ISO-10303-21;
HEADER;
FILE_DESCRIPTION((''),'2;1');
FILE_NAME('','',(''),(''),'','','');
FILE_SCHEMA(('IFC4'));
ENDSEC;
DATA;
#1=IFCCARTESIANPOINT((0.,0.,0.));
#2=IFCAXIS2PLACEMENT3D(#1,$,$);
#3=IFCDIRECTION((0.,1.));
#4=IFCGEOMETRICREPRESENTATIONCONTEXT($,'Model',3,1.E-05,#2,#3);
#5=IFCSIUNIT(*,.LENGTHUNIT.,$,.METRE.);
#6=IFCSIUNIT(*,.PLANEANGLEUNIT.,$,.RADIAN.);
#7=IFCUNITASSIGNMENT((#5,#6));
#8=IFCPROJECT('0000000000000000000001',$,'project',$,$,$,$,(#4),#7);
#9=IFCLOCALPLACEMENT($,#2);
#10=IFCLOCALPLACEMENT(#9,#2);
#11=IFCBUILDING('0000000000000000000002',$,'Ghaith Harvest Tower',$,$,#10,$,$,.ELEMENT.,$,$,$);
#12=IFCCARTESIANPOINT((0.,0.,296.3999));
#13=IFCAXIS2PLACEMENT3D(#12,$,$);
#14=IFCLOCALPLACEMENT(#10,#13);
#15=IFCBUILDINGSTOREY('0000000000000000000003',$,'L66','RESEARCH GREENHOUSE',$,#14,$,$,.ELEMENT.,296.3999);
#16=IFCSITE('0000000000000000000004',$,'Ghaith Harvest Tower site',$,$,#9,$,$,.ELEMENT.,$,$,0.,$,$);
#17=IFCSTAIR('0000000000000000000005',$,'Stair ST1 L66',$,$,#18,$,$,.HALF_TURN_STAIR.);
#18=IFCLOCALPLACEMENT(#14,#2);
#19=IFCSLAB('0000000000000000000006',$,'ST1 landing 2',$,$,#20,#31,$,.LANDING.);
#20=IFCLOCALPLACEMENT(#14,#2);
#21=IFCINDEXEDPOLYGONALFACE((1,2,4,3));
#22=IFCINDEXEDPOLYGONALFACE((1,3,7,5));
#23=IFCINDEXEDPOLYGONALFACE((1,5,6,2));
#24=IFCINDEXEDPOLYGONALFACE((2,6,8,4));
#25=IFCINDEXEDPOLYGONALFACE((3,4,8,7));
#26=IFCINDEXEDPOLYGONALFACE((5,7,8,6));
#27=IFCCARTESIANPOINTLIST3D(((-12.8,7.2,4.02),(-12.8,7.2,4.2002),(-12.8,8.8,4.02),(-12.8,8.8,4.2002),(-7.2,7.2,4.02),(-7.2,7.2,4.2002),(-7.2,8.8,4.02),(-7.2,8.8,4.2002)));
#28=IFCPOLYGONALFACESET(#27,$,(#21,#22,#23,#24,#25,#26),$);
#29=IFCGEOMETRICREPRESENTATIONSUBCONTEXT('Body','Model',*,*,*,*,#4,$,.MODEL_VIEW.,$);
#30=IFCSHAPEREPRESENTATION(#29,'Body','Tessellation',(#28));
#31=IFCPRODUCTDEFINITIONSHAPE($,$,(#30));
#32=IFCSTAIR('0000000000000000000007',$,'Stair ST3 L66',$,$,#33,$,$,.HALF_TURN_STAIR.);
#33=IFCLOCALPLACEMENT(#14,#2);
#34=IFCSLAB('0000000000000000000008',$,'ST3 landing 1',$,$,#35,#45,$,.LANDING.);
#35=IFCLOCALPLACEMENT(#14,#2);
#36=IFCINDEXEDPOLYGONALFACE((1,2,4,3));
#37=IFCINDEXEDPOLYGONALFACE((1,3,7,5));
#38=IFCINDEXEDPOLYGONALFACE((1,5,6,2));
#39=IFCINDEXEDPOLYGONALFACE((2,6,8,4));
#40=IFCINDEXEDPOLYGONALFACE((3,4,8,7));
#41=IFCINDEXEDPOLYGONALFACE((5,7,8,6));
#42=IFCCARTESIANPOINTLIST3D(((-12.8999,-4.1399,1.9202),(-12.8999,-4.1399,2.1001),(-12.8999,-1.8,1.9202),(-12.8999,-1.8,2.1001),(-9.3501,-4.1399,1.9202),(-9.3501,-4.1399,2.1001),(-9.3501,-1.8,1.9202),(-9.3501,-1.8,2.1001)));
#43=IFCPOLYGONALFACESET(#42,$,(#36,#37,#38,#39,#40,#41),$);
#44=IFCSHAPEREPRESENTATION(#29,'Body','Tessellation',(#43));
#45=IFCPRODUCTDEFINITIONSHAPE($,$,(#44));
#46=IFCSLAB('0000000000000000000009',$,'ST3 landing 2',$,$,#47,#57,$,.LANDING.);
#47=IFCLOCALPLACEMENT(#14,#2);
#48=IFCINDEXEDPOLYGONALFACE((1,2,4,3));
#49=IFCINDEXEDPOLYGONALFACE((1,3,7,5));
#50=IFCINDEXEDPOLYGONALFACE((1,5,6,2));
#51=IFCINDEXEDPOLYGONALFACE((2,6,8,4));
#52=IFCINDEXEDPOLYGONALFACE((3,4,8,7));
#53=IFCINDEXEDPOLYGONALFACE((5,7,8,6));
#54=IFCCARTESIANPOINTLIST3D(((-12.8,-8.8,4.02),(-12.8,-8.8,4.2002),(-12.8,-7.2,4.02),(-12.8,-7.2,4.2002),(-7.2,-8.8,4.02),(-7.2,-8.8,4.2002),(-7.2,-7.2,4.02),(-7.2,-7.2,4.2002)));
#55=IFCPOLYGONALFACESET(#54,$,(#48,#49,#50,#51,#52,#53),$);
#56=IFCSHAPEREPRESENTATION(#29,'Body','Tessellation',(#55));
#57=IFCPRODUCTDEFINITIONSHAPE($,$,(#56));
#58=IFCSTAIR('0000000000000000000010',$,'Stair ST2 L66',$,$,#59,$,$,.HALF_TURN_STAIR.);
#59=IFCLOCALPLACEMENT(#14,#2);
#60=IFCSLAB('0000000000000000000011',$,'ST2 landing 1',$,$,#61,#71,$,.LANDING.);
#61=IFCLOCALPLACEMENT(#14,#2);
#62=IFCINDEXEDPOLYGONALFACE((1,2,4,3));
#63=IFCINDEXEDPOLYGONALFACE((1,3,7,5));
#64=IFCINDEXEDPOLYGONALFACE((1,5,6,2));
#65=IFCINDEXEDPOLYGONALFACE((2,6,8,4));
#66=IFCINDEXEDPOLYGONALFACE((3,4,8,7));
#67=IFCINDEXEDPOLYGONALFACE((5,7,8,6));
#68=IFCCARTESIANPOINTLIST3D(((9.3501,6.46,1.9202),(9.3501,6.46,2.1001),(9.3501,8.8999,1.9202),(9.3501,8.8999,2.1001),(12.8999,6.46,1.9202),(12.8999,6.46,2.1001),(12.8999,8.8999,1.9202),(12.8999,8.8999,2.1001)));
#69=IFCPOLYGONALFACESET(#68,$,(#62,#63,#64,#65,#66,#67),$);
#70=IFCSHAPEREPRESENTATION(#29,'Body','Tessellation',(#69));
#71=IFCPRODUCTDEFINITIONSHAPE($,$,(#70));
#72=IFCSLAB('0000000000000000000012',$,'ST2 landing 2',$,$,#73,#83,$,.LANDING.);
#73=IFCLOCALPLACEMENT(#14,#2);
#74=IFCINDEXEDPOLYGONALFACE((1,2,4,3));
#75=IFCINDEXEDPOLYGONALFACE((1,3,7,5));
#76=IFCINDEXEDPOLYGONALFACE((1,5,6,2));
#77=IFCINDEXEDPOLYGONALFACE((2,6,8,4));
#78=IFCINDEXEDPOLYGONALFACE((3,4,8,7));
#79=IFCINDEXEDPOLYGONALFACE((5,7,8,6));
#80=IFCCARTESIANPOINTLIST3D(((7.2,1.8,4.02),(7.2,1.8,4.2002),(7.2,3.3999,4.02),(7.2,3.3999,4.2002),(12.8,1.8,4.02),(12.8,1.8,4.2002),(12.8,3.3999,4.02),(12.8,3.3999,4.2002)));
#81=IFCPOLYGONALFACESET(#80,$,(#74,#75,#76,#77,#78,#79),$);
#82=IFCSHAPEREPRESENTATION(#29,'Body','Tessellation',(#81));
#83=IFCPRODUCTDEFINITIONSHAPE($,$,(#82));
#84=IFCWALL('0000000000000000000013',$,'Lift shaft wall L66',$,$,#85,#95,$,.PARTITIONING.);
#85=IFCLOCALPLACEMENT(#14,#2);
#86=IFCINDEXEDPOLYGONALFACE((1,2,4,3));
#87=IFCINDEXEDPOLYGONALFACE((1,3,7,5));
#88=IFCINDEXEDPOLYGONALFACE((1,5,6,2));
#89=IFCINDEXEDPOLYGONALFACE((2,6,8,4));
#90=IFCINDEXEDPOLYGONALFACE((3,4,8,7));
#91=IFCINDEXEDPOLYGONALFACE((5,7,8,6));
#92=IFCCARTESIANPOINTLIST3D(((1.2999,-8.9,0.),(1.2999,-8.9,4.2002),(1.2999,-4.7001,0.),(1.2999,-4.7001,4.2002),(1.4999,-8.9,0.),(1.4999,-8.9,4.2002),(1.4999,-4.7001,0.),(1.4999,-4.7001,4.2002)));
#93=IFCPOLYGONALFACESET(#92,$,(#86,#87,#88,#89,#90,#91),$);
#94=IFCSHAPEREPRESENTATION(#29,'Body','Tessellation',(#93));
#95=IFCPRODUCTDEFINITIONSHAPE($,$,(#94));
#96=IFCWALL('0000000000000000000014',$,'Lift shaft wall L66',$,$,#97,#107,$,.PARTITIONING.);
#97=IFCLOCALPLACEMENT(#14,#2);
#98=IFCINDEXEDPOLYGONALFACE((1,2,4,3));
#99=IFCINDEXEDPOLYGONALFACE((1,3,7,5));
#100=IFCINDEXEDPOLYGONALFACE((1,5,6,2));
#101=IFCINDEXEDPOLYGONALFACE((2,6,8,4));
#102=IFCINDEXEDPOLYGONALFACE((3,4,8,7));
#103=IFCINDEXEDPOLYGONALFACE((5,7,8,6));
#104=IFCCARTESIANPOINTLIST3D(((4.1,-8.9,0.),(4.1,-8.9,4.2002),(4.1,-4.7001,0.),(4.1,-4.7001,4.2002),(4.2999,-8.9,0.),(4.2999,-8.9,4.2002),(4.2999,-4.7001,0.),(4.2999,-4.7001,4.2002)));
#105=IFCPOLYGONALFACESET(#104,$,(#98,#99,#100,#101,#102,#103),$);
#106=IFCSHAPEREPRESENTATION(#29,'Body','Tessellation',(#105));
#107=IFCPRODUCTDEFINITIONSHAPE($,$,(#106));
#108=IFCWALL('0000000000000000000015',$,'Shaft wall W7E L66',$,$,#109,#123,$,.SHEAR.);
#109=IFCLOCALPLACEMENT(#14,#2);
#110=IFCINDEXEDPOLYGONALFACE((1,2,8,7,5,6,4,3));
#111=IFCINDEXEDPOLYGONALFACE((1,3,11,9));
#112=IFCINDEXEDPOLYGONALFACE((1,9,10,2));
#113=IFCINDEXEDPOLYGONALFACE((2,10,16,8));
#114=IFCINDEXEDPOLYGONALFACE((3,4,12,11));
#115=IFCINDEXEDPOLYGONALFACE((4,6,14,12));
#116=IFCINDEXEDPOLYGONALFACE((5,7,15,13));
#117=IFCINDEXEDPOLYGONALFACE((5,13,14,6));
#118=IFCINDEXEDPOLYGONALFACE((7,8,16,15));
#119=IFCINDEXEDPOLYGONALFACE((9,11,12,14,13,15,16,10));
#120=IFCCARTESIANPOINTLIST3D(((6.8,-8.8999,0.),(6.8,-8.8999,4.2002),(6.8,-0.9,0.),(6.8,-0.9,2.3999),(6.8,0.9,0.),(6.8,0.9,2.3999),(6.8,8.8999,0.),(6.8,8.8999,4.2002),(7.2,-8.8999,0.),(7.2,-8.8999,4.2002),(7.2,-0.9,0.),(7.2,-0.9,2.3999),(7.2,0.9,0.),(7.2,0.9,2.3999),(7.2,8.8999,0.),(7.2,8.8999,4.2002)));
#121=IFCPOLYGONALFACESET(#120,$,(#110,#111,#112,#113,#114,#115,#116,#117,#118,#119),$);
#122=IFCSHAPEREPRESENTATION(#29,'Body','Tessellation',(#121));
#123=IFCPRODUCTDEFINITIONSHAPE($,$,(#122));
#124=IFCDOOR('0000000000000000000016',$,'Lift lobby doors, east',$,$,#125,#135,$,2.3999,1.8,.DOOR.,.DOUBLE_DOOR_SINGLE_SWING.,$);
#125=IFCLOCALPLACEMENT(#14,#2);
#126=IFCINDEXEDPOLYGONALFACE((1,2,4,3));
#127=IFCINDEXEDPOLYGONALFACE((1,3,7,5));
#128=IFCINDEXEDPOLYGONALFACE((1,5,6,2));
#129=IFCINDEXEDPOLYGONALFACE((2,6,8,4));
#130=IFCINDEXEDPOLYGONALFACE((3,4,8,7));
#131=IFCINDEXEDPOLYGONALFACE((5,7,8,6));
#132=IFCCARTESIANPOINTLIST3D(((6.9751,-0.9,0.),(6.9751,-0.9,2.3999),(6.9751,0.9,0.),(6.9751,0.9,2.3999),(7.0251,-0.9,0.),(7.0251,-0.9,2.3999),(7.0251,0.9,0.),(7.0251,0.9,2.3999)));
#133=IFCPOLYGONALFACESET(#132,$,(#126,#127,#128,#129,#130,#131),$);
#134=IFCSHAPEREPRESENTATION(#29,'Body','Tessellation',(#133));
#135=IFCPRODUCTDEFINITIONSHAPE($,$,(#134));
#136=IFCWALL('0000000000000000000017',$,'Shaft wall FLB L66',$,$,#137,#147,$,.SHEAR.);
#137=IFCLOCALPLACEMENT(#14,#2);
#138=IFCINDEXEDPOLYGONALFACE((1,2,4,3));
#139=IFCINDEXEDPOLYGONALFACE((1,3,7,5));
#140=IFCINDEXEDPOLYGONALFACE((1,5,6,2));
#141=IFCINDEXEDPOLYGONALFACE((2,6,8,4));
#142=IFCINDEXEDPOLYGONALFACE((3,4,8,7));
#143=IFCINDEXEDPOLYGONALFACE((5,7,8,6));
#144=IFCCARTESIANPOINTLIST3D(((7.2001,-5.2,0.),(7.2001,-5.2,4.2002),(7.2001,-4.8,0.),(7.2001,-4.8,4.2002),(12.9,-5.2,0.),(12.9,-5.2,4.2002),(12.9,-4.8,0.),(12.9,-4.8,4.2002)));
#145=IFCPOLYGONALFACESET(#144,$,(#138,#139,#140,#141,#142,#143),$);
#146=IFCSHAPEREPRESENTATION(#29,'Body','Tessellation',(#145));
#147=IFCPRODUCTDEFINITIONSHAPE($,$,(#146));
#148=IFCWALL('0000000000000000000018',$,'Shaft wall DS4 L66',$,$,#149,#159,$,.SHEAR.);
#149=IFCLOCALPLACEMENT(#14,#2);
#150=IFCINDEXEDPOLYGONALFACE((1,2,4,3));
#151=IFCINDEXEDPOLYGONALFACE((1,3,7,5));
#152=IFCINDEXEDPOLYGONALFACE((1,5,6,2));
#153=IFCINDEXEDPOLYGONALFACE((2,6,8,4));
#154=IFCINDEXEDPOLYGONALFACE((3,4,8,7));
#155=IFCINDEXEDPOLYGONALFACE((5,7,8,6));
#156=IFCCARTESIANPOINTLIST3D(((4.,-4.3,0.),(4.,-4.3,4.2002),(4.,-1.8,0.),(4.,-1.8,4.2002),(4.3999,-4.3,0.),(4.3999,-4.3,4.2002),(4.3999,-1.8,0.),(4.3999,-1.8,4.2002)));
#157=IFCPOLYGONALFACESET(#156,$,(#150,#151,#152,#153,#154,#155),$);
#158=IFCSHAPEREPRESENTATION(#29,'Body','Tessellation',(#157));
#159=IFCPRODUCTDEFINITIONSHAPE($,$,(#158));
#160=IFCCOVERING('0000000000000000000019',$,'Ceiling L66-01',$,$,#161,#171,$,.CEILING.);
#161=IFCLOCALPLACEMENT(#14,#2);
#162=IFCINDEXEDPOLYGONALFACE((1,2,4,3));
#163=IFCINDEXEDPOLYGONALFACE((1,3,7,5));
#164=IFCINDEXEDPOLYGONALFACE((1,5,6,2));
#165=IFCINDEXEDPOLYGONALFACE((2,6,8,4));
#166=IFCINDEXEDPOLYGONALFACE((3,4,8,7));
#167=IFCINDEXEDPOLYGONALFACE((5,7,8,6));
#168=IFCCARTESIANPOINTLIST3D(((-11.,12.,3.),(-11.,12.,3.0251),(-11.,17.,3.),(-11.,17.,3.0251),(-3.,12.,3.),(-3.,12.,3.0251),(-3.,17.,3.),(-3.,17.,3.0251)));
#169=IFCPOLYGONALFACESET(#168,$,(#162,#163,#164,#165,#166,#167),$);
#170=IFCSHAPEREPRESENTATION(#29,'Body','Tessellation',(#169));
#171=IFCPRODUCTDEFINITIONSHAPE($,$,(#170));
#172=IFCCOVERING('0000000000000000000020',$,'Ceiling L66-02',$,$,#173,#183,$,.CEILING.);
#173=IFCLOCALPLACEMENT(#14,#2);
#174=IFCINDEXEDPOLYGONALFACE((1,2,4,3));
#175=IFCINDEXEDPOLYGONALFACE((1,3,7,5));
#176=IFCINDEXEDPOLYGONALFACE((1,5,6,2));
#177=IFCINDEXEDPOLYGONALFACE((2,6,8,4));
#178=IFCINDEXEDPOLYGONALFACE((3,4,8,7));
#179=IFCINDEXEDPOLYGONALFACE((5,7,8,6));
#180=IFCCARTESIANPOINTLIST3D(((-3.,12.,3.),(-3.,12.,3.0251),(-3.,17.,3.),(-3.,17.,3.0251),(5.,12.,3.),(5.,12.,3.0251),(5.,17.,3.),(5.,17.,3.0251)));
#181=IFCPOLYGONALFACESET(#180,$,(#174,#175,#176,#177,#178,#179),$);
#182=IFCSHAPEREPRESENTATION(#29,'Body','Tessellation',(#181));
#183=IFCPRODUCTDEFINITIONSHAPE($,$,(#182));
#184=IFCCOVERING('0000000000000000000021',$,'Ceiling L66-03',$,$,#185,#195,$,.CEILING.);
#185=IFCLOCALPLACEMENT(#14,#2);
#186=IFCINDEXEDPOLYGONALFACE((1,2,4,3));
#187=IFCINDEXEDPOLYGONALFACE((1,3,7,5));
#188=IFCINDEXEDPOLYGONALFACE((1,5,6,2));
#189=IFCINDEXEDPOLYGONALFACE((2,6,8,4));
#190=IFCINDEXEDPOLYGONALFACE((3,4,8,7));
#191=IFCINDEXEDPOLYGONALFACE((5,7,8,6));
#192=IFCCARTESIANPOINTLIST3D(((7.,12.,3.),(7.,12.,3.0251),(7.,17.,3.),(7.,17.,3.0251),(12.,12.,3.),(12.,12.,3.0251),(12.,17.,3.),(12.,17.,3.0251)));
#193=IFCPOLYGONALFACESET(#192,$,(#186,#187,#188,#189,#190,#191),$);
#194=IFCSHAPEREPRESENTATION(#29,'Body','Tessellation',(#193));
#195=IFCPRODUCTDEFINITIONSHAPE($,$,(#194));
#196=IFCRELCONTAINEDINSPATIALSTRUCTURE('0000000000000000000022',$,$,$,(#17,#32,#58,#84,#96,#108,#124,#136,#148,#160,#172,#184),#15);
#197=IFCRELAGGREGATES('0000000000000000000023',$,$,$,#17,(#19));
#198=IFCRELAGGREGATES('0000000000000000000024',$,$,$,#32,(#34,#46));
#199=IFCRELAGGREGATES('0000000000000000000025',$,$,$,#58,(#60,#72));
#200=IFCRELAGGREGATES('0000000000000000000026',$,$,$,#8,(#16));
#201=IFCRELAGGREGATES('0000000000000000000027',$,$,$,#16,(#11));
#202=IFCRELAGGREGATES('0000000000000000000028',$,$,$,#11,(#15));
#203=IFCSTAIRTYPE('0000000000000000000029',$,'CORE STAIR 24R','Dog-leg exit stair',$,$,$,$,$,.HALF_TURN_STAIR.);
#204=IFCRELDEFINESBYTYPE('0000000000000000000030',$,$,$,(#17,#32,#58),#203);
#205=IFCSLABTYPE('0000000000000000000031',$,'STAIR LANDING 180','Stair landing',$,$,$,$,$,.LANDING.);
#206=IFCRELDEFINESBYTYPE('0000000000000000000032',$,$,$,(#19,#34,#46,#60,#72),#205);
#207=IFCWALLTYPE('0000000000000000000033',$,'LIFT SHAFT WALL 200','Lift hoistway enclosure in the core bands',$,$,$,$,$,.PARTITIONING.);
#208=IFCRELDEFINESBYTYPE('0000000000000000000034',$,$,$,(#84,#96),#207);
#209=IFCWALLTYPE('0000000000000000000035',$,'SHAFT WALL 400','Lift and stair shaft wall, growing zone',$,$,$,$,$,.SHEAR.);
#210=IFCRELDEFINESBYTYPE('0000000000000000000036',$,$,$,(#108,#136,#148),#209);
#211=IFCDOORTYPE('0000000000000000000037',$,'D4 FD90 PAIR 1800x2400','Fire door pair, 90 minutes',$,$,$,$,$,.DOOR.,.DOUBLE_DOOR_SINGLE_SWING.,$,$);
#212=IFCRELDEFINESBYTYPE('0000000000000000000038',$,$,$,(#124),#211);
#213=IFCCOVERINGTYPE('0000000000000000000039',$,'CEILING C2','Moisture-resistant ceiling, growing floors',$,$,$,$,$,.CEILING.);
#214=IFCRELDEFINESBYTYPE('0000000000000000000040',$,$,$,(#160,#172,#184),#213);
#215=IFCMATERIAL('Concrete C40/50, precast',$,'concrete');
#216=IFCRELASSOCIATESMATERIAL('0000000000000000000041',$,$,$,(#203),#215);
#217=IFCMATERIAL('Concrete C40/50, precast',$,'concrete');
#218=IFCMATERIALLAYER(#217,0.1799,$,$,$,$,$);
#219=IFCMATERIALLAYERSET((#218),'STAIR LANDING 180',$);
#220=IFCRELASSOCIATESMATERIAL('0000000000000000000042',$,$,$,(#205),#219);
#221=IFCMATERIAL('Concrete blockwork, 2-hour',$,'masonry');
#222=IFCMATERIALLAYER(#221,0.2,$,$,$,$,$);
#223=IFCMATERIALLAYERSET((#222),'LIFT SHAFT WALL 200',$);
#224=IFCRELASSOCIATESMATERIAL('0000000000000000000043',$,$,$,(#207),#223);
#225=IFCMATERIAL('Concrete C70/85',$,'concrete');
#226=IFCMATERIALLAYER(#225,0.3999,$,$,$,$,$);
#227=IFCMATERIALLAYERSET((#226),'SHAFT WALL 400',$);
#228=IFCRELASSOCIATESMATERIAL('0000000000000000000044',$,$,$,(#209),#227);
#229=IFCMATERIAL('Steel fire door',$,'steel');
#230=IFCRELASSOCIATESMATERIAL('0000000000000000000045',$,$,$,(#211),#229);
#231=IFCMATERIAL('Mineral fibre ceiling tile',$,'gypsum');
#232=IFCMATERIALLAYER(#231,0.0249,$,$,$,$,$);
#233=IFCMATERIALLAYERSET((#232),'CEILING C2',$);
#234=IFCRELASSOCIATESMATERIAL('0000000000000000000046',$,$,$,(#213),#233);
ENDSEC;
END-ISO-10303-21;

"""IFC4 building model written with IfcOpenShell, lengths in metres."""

from ifc_helpers import new_model, si_unit, direction, frame, frame_2d, origin, place, context, subcontext, project, spatial, polyline, rectangle, outline, extrude, material, layer, layer_set, type_object, element, fill, aggregate, save


model = new_model("IFC4")

# Units and contexts
model_context = context("Model", 3, precision=1e-05, world=origin(), true_north=direction((0.0, 1.0)))
body_context = subcontext(model_context, "Body", "Model", "MODEL_VIEW")
ifc_project = project(units=[si_unit("LENGTHUNIT", "METRE"), si_unit("PLANEANGLEUNIT", "RADIAN")], contexts=[model_context])

# Site, building, storey
site_placement = place(None, origin())
site = spatial("IfcSite", under=ifc_project, at=site_placement, Name="Ghaith Harvest Tower site", CompositionType="ELEMENT", RefElevation=0.0)
building_placement = place(site_placement, origin())
building = spatial("IfcBuilding", under=site, at=building_placement, Name="Ghaith Harvest Tower", CompositionType="ELEMENT")
storey_placement = place(building_placement, frame((0.0, 0.0, 296.3999)))
storey = spatial("IfcBuildingStorey", under=building, at=storey_placement, Name="L66", Description="RESEARCH GREENHOUSE", CompositionType="ELEMENT", Elevation=296.3999)

# Stair, slab
ifc_material_1 = material(Name="Concrete C40/50, precast", Category="concrete")
stair_type = type_object("IfcStairType", Name="CORE STAIR 24R", Description="Dog-leg exit stair", PredefinedType="HALF_TURN_STAIR", material=ifc_material_1)
stair_1_placement = place(storey_placement, origin())
stair_1 = element("IfcStair", 1, at=stair_1_placement, inside=storey, type_object=stair_type, Name="Stair ST1 L66", PredefinedType="HALF_TURN_STAIR")
ifc_material_2 = material(Name="Concrete C40/50, precast", Category="concrete")
ifc_layer_1 = layer(ifc_material_2, 0.1799)
ifc_layer_set_1 = layer_set([ifc_layer_1], Name="STAIR LANDING 180")
slab_type = type_object("IfcSlabType", Name="STAIR LANDING 180", Description="Stair landing", PredefinedType="LANDING", material=ifc_layer_set_1)
slab_1_placement = place(storey_placement, frame((0.0, 0.0, 4.02)))
slab_1 = element("IfcSlab", 2, at=slab_1_placement, type_object=slab_type, Name="ST1 landing 2", PredefinedType="LANDING", context=body_context, shape_type="SweptSolid", body=[
    extrude(outline(polyline([(-12.8, 8.8), (-12.8, 7.2), (-7.2, 7.2), (-7.2, 8.8), (-12.8, 8.8)])), origin(), (0.0, 0.0, 1.0), 0.1802),
])
aggregate(stair_1, [slab_1])

# Stairs, slabs
stair_2_placement = place(storey_placement, origin())
stair_2 = element("IfcStair", 3, at=stair_2_placement, inside=storey, type_object=stair_type, Name="Stair ST3 L66", PredefinedType="HALF_TURN_STAIR")
slab_2_placement = place(storey_placement, frame((0.0, 0.0, 1.9202)))
slab_2 = element("IfcSlab", 4, at=slab_2_placement, type_object=slab_type, Name="ST3 landing 1", PredefinedType="LANDING", context=body_context, shape_type="SweptSolid", body=[
    extrude(outline(polyline([(-12.8999, -4.1399), (-12.8999, -1.8), (-9.3501, -1.8), (-9.3501, -4.1399), (-12.8999, -4.1399)])), origin(), (0.0, 0.0, 1.0), 0.1799),
])
slab_3_placement = place(storey_placement, frame((0.0, 0.0, 4.02)))
slab_3 = element("IfcSlab", 5, at=slab_3_placement, type_object=slab_type, Name="ST3 landing 2", PredefinedType="LANDING", context=body_context, shape_type="SweptSolid", body=[
    extrude(outline(polyline([(-12.8, -8.8), (-12.8, -7.2), (-7.2, -7.2), (-7.2, -8.8), (-12.8, -8.8)])), origin(), (0.0, 0.0, 1.0), 0.1802),
])
aggregate(stair_2, [slab_2, slab_3])
stair_3_placement = place(storey_placement, origin())
stair_3 = element("IfcStair", 6, at=stair_3_placement, inside=storey, type_object=stair_type, Name="Stair ST2 L66", PredefinedType="HALF_TURN_STAIR")
slab_4_placement = place(storey_placement, frame((0.0, 0.0, 1.9202)))
slab_4 = element("IfcSlab", 7, at=slab_4_placement, type_object=slab_type, Name="ST2 landing 1", PredefinedType="LANDING", context=body_context, shape_type="SweptSolid", body=[
    extrude(outline(polyline([(12.8999, 6.46), (12.8999, 8.8999), (9.3501, 8.8999), (9.3501, 6.46), (12.8999, 6.46)])), origin(), (0.0, 0.0, 1.0), 0.1799),
])
slab_5_placement = place(storey_placement, frame((0.0, 0.0, 4.02)))
slab_5 = element("IfcSlab", 8, at=slab_5_placement, type_object=slab_type, Name="ST2 landing 2", PredefinedType="LANDING", context=body_context, shape_type="SweptSolid", body=[
    extrude(outline(polyline([(12.8, 1.8), (12.8, 3.3999), (7.2, 3.3999), (7.2, 1.8), (12.8, 1.8)])), origin(), (0.0, 0.0, 1.0), 0.1802),
])
aggregate(stair_3, [slab_4, slab_5])

# Walls
ifc_material_3 = material(Name="Concrete blockwork, 2-hour", Category="masonry")
ifc_layer_2 = layer(ifc_material_3, 0.2)
ifc_layer_set_2 = layer_set([ifc_layer_2], Name="LIFT SHAFT WALL 200")
wall_type_1 = type_object("IfcWallType", Name="LIFT SHAFT WALL 200", Description="Lift hoistway enclosure in the core bands", PredefinedType="PARTITIONING", material=ifc_layer_set_2)
for number, where, z_axis, x_axis, name in (
    (9, (1.3999, -4.7, 0.0), (0.0, 0.0, 1.0), (0.0, -1.0, 0.0), "Lift shaft wall L66"),
    (10, (4.2, -4.7, 0.0), (0.0, 0.0, 1.0), (0.0, -1.0, 0.0), "Lift shaft wall L66"),
):
    element("IfcWall", number, at=place(storey_placement, frame(where, z_axis=z_axis, x_axis=x_axis)), inside=storey, type_object=wall_type_1, Name=name, PredefinedType="PARTITIONING", context=body_context, shape_type="SweptSolid", body=[
        extrude(rectangle(XDim=4.2, YDim=0.2, at=frame_2d((2.1001, 0.0))), origin(), (0.0, 0.0, 1.0), 4.2002),
    ])

# Wall, opening, door
ifc_material_4 = material(Name="Concrete C70/85", Category="concrete")
ifc_layer_3 = layer(ifc_material_4, 0.3999)
ifc_layer_set_3 = layer_set([ifc_layer_3], Name="SHAFT WALL 400")
wall_type_2 = type_object("IfcWallType", Name="SHAFT WALL 400", Description="Lift and stair shaft wall, growing zone", PredefinedType="SHEAR", material=ifc_layer_set_3)
wall_1_placement = place(storey_placement, frame((7.0, -8.8999, 0.0), z_axis=(0.0, 0.0, 1.0), x_axis=(0.0, 1.0, 0.0)))
wall_1 = element("IfcWall", 11, at=wall_1_placement, inside=storey, type_object=wall_type_2, Name="Shaft wall W7E L66", PredefinedType="SHEAR", context=body_context, shape_type="SweptSolid", body=[
    extrude(rectangle(XDim=17.7998, YDim=0.3999, at=frame_2d((8.8999, 0.0))), origin(), (0.0, 0.0, 1.0), 4.2002),
])
opening_1_placement = place(wall_1_placement, frame((8.0, 0.0, 0.0)))
opening_1 = element("IfcOpeningElement", 12, at=opening_1_placement, cuts=wall_1, PredefinedType="OPENING", context=body_context, shape_type="SweptSolid", body=[
    extrude(rectangle(XDim=1.8, YDim=2.3999, at=frame_2d((0.8999, 1.2))), frame((0.0, 0.21, 0.0), z_axis=(0.0, -1.0, 0.0), x_axis=(1.0, 0.0, 0.0)), (0.0, 0.0, 1.0), 0.4199),
])
ifc_material_5 = material(Name="Steel fire door", Category="steel")
door_type_1 = type_object("IfcDoorType", Name="D4 FD90 PAIR 1800x2400", Description="Fire door pair, 90 minutes", OperationType="DOUBLE_DOOR_SINGLE_SWING", PredefinedType="DOOR", material=ifc_material_5)
door_1_placement = place(opening_1_placement, origin())
door_1 = element("IfcDoor", 13, at=door_1_placement, inside=storey, type_object=door_type_1, Name="Lift lobby doors, east", OperationType="DOUBLE_DOOR_SINGLE_SWING", OverallHeight=2.3999, OverallWidth=1.8, PredefinedType="DOOR", context=body_context, shape_type="SweptSolid", body=[
    extrude(rectangle(XDim=1.8, YDim=2.3999, at=frame_2d((0.8999, 1.2))), frame((0.0, 0.0249, 0.0), z_axis=(0.0, -1.0, 0.0), x_axis=(1.0, 0.0, 0.0)), (0.0, 0.0, 1.0), 0.05),
])
fill(opening_1, door_1)

# Walls
wall_2_placement = place(storey_placement, frame((7.2, -5.0, 0.0), z_axis=(0.0, 0.0, 1.0), x_axis=(1.0, 0.0, 0.0)))
element("IfcWall", 14, at=wall_2_placement, inside=storey, type_object=wall_type_2, Name="Shaft wall FLB L66", PredefinedType="SHEAR", context=body_context, shape_type="SweptSolid", body=[
    extrude(rectangle(XDim=5.7, YDim=0.3999, at=frame_2d((2.8501, 0.0))), origin(), (0.0, 0.0, 1.0), 4.2002),
])
wall_3_placement = place(storey_placement, frame((4.2, -4.3, 0.0), z_axis=(0.0, 0.0, 1.0), x_axis=(0.0, 1.0, 0.0)))
element("IfcWall", 15, at=wall_3_placement, inside=storey, type_object=wall_type_2, Name="Shaft wall DS4 L66", PredefinedType="SHEAR", context=body_context, shape_type="SweptSolid", body=[
    extrude(rectangle(XDim=2.5, YDim=0.3999, at=frame_2d((1.25, 0.0))), origin(), (0.0, 0.0, 1.0), 4.2002),
])

# Coverings
ifc_material_6 = material(Name="Mineral fibre ceiling tile", Category="gypsum")
ifc_layer_4 = layer(ifc_material_6, 0.0249)
ifc_layer_set_4 = layer_set([ifc_layer_4], Name="CEILING C2")
covering_type = type_object("IfcCoveringType", Name="CEILING C2", Description="Moisture-resistant ceiling, growing floors", PredefinedType="CEILING", material=ifc_layer_set_4)
covering_1_placement = place(storey_placement, frame((0.0, 0.0, 3.0)))
element("IfcCovering", 16, at=covering_1_placement, inside=storey, type_object=covering_type, Name="Ceiling L66-01", PredefinedType="CEILING", context=body_context, shape_type="SweptSolid", body=[
    extrude(outline(polyline([(-11.0, 12.0), (-3.0, 12.0), (-3.0, 17.0), (-11.0, 17.0), (-11.0, 12.0)])), origin(), (0.0, 0.0, 1.0), 0.0251),
])
covering_2_placement = place(storey_placement, frame((0.0, 0.0, 3.0)))
element("IfcCovering", 17, at=covering_2_placement, inside=storey, type_object=covering_type, Name="Ceiling L66-02", PredefinedType="CEILING", context=body_context, shape_type="SweptSolid", body=[
    extrude(outline(polyline([(-3.0, 12.0), (5.0, 12.0), (5.0, 17.0), (-3.0, 17.0), (-3.0, 12.0)])), origin(), (0.0, 0.0, 1.0), 0.0251),
])
covering_3_placement = place(storey_placement, frame((0.0, 0.0, 3.0)))
element("IfcCovering", 18, at=covering_3_placement, inside=storey, type_object=covering_type, Name="Ceiling L66-03", PredefinedType="CEILING", context=body_context, shape_type="SweptSolid", body=[
    extrude(outline(polyline([(7.0, 12.0), (12.0, 12.0), (12.0, 17.0), (7.0, 17.0), (7.0, 12.0)])), origin(), (0.0, 0.0, 1.0), 0.0251),
])

save(model, "model.ifc")
